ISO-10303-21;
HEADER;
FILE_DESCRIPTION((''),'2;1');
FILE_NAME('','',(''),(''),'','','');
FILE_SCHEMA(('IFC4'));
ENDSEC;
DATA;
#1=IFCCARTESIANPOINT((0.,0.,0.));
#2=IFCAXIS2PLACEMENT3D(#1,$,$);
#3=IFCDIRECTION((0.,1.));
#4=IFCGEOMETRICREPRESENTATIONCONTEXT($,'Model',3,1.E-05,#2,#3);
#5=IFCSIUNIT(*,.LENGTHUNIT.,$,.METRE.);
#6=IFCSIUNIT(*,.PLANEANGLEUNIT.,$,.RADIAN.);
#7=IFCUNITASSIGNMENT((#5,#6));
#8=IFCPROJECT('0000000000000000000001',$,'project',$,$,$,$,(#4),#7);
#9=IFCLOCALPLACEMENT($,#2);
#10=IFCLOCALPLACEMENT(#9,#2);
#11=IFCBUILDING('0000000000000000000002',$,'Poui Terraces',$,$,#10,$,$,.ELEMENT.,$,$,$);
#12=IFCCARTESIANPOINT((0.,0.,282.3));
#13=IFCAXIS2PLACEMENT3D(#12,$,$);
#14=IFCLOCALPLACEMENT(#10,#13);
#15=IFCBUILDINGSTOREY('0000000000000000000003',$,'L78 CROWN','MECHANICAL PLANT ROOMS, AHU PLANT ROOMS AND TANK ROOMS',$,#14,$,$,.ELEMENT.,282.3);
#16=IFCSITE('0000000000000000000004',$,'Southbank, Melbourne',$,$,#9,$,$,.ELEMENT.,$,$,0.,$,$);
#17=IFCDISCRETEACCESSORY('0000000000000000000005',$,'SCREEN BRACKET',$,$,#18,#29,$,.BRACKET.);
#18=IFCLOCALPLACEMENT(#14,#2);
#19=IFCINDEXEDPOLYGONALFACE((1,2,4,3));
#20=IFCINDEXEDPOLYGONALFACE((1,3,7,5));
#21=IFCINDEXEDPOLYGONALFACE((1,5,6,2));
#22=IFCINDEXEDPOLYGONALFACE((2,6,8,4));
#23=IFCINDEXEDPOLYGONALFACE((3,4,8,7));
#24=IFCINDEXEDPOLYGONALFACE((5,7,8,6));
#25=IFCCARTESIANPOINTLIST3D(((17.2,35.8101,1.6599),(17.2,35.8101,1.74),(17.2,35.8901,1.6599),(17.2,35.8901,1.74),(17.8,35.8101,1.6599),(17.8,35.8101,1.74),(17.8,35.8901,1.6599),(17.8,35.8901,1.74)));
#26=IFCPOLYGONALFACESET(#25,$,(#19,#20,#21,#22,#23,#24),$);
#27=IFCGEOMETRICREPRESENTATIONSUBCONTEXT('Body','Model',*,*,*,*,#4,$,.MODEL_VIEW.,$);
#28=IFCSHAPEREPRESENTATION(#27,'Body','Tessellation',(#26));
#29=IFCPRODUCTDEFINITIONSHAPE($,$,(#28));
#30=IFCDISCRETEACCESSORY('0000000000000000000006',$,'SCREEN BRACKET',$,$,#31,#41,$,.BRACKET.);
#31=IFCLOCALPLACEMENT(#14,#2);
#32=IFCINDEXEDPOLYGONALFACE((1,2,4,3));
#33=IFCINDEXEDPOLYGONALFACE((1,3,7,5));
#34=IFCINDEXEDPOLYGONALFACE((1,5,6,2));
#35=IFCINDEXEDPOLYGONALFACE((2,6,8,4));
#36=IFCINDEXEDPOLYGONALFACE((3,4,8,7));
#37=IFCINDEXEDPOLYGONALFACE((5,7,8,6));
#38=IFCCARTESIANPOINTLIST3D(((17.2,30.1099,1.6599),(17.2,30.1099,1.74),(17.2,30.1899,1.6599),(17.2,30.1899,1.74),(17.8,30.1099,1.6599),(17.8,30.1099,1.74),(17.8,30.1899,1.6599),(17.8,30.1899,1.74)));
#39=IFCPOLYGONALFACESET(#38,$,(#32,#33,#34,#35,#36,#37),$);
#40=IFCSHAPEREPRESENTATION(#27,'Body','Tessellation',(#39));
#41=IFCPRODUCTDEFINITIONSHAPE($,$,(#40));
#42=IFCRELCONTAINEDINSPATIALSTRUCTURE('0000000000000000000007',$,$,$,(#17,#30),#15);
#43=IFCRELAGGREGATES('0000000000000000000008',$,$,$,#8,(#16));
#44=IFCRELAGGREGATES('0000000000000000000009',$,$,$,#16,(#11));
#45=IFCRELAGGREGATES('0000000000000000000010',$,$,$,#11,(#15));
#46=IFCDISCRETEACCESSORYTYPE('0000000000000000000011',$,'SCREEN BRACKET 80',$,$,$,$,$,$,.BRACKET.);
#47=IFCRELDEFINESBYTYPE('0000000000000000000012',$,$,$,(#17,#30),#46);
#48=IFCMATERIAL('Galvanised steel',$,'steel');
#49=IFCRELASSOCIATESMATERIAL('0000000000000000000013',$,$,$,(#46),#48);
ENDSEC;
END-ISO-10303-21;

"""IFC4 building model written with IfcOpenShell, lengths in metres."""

from ifc_helpers import new_model, si_unit, direction, frame, origin, origin_2d, place, context, subcontext, project, spatial, rectangle, extrude, source, transform, mapped, material, material_profile, profile_set, type_object, element, save


model = new_model("IFC4")

# Units and contexts
model_context = context("Model", 3, precision=1e-05, world=origin(), true_north=direction((0.0, 1.0)))
body_context = subcontext(model_context, "Body", "Model", "MODEL_VIEW")
ifc_project = project(units=[si_unit("LENGTHUNIT", "METRE"), si_unit("PLANEANGLEUNIT", "RADIAN")], contexts=[model_context])

# Site, building, storey
site_placement = place(None, origin())
site = spatial("IfcSite", under=ifc_project, at=site_placement, Name="Southbank, Melbourne", CompositionType="ELEMENT", RefElevation=0.0)
building_placement = place(site_placement, origin())
building = spatial("IfcBuilding", under=site, at=building_placement, Name="Poui Terraces", CompositionType="ELEMENT")
storey_placement = place(building_placement, frame((0.0, 0.0, 282.3)))
storey = spatial("IfcBuildingStorey", under=building, at=storey_placement, Name="L78 CROWN", Description="MECHANICAL PLANT ROOMS, AHU PLANT ROOMS AND TANK ROOMS", CompositionType="ELEMENT", Elevation=282.3)

# Discrete accessories
ifc_material_1 = material(Name="Galvanised steel", Category="steel")
ifc_material_profile_1 = material_profile(ifc_material_1, rectangle(XDim=0.0801, YDim=0.0801, at=origin_2d()), Name="SCREEN BRACKET 80")
ifc_profile_set_1 = profile_set([ifc_material_profile_1], Name="Galvanised steel")
discrete_accessory_type = type_object("IfcDiscreteAccessoryType", Name="SCREEN BRACKET 80", PredefinedType="BRACKET", material=ifc_profile_set_1)
shared_shape_1 = source(origin(), body_context, "Body", "SweptSolid", [
    extrude(rectangle(XDim=0.0801, YDim=0.0801, at=origin_2d()), origin(), (0.0, 0.0, 1.0), 0.6001),
])
for number, where, z_axis, x_axis, name in (
    (1, (17.8, 35.8501, 1.7), (-1.0, 0.0, 0.0), (0.0, -1.0, 0.0), "SCREEN BRACKET"),
    (2, (17.8, 30.1499, 1.7), (-1.0, 0.0, 0.0), (0.0, -1.0, 0.0), "SCREEN BRACKET"),
):
    element("IfcDiscreteAccessory", number, at=place(storey_placement, frame(where, z_axis=z_axis, x_axis=x_axis)), inside=storey, type_object=discrete_accessory_type, Name=name, PredefinedType="BRACKET", context=body_context, shape_type="MappedRepresentation", body=[
        mapped(shared_shape_1, transform((0.0, 0.0, 0.0))),
    ])

save(model, "model.ifc")
